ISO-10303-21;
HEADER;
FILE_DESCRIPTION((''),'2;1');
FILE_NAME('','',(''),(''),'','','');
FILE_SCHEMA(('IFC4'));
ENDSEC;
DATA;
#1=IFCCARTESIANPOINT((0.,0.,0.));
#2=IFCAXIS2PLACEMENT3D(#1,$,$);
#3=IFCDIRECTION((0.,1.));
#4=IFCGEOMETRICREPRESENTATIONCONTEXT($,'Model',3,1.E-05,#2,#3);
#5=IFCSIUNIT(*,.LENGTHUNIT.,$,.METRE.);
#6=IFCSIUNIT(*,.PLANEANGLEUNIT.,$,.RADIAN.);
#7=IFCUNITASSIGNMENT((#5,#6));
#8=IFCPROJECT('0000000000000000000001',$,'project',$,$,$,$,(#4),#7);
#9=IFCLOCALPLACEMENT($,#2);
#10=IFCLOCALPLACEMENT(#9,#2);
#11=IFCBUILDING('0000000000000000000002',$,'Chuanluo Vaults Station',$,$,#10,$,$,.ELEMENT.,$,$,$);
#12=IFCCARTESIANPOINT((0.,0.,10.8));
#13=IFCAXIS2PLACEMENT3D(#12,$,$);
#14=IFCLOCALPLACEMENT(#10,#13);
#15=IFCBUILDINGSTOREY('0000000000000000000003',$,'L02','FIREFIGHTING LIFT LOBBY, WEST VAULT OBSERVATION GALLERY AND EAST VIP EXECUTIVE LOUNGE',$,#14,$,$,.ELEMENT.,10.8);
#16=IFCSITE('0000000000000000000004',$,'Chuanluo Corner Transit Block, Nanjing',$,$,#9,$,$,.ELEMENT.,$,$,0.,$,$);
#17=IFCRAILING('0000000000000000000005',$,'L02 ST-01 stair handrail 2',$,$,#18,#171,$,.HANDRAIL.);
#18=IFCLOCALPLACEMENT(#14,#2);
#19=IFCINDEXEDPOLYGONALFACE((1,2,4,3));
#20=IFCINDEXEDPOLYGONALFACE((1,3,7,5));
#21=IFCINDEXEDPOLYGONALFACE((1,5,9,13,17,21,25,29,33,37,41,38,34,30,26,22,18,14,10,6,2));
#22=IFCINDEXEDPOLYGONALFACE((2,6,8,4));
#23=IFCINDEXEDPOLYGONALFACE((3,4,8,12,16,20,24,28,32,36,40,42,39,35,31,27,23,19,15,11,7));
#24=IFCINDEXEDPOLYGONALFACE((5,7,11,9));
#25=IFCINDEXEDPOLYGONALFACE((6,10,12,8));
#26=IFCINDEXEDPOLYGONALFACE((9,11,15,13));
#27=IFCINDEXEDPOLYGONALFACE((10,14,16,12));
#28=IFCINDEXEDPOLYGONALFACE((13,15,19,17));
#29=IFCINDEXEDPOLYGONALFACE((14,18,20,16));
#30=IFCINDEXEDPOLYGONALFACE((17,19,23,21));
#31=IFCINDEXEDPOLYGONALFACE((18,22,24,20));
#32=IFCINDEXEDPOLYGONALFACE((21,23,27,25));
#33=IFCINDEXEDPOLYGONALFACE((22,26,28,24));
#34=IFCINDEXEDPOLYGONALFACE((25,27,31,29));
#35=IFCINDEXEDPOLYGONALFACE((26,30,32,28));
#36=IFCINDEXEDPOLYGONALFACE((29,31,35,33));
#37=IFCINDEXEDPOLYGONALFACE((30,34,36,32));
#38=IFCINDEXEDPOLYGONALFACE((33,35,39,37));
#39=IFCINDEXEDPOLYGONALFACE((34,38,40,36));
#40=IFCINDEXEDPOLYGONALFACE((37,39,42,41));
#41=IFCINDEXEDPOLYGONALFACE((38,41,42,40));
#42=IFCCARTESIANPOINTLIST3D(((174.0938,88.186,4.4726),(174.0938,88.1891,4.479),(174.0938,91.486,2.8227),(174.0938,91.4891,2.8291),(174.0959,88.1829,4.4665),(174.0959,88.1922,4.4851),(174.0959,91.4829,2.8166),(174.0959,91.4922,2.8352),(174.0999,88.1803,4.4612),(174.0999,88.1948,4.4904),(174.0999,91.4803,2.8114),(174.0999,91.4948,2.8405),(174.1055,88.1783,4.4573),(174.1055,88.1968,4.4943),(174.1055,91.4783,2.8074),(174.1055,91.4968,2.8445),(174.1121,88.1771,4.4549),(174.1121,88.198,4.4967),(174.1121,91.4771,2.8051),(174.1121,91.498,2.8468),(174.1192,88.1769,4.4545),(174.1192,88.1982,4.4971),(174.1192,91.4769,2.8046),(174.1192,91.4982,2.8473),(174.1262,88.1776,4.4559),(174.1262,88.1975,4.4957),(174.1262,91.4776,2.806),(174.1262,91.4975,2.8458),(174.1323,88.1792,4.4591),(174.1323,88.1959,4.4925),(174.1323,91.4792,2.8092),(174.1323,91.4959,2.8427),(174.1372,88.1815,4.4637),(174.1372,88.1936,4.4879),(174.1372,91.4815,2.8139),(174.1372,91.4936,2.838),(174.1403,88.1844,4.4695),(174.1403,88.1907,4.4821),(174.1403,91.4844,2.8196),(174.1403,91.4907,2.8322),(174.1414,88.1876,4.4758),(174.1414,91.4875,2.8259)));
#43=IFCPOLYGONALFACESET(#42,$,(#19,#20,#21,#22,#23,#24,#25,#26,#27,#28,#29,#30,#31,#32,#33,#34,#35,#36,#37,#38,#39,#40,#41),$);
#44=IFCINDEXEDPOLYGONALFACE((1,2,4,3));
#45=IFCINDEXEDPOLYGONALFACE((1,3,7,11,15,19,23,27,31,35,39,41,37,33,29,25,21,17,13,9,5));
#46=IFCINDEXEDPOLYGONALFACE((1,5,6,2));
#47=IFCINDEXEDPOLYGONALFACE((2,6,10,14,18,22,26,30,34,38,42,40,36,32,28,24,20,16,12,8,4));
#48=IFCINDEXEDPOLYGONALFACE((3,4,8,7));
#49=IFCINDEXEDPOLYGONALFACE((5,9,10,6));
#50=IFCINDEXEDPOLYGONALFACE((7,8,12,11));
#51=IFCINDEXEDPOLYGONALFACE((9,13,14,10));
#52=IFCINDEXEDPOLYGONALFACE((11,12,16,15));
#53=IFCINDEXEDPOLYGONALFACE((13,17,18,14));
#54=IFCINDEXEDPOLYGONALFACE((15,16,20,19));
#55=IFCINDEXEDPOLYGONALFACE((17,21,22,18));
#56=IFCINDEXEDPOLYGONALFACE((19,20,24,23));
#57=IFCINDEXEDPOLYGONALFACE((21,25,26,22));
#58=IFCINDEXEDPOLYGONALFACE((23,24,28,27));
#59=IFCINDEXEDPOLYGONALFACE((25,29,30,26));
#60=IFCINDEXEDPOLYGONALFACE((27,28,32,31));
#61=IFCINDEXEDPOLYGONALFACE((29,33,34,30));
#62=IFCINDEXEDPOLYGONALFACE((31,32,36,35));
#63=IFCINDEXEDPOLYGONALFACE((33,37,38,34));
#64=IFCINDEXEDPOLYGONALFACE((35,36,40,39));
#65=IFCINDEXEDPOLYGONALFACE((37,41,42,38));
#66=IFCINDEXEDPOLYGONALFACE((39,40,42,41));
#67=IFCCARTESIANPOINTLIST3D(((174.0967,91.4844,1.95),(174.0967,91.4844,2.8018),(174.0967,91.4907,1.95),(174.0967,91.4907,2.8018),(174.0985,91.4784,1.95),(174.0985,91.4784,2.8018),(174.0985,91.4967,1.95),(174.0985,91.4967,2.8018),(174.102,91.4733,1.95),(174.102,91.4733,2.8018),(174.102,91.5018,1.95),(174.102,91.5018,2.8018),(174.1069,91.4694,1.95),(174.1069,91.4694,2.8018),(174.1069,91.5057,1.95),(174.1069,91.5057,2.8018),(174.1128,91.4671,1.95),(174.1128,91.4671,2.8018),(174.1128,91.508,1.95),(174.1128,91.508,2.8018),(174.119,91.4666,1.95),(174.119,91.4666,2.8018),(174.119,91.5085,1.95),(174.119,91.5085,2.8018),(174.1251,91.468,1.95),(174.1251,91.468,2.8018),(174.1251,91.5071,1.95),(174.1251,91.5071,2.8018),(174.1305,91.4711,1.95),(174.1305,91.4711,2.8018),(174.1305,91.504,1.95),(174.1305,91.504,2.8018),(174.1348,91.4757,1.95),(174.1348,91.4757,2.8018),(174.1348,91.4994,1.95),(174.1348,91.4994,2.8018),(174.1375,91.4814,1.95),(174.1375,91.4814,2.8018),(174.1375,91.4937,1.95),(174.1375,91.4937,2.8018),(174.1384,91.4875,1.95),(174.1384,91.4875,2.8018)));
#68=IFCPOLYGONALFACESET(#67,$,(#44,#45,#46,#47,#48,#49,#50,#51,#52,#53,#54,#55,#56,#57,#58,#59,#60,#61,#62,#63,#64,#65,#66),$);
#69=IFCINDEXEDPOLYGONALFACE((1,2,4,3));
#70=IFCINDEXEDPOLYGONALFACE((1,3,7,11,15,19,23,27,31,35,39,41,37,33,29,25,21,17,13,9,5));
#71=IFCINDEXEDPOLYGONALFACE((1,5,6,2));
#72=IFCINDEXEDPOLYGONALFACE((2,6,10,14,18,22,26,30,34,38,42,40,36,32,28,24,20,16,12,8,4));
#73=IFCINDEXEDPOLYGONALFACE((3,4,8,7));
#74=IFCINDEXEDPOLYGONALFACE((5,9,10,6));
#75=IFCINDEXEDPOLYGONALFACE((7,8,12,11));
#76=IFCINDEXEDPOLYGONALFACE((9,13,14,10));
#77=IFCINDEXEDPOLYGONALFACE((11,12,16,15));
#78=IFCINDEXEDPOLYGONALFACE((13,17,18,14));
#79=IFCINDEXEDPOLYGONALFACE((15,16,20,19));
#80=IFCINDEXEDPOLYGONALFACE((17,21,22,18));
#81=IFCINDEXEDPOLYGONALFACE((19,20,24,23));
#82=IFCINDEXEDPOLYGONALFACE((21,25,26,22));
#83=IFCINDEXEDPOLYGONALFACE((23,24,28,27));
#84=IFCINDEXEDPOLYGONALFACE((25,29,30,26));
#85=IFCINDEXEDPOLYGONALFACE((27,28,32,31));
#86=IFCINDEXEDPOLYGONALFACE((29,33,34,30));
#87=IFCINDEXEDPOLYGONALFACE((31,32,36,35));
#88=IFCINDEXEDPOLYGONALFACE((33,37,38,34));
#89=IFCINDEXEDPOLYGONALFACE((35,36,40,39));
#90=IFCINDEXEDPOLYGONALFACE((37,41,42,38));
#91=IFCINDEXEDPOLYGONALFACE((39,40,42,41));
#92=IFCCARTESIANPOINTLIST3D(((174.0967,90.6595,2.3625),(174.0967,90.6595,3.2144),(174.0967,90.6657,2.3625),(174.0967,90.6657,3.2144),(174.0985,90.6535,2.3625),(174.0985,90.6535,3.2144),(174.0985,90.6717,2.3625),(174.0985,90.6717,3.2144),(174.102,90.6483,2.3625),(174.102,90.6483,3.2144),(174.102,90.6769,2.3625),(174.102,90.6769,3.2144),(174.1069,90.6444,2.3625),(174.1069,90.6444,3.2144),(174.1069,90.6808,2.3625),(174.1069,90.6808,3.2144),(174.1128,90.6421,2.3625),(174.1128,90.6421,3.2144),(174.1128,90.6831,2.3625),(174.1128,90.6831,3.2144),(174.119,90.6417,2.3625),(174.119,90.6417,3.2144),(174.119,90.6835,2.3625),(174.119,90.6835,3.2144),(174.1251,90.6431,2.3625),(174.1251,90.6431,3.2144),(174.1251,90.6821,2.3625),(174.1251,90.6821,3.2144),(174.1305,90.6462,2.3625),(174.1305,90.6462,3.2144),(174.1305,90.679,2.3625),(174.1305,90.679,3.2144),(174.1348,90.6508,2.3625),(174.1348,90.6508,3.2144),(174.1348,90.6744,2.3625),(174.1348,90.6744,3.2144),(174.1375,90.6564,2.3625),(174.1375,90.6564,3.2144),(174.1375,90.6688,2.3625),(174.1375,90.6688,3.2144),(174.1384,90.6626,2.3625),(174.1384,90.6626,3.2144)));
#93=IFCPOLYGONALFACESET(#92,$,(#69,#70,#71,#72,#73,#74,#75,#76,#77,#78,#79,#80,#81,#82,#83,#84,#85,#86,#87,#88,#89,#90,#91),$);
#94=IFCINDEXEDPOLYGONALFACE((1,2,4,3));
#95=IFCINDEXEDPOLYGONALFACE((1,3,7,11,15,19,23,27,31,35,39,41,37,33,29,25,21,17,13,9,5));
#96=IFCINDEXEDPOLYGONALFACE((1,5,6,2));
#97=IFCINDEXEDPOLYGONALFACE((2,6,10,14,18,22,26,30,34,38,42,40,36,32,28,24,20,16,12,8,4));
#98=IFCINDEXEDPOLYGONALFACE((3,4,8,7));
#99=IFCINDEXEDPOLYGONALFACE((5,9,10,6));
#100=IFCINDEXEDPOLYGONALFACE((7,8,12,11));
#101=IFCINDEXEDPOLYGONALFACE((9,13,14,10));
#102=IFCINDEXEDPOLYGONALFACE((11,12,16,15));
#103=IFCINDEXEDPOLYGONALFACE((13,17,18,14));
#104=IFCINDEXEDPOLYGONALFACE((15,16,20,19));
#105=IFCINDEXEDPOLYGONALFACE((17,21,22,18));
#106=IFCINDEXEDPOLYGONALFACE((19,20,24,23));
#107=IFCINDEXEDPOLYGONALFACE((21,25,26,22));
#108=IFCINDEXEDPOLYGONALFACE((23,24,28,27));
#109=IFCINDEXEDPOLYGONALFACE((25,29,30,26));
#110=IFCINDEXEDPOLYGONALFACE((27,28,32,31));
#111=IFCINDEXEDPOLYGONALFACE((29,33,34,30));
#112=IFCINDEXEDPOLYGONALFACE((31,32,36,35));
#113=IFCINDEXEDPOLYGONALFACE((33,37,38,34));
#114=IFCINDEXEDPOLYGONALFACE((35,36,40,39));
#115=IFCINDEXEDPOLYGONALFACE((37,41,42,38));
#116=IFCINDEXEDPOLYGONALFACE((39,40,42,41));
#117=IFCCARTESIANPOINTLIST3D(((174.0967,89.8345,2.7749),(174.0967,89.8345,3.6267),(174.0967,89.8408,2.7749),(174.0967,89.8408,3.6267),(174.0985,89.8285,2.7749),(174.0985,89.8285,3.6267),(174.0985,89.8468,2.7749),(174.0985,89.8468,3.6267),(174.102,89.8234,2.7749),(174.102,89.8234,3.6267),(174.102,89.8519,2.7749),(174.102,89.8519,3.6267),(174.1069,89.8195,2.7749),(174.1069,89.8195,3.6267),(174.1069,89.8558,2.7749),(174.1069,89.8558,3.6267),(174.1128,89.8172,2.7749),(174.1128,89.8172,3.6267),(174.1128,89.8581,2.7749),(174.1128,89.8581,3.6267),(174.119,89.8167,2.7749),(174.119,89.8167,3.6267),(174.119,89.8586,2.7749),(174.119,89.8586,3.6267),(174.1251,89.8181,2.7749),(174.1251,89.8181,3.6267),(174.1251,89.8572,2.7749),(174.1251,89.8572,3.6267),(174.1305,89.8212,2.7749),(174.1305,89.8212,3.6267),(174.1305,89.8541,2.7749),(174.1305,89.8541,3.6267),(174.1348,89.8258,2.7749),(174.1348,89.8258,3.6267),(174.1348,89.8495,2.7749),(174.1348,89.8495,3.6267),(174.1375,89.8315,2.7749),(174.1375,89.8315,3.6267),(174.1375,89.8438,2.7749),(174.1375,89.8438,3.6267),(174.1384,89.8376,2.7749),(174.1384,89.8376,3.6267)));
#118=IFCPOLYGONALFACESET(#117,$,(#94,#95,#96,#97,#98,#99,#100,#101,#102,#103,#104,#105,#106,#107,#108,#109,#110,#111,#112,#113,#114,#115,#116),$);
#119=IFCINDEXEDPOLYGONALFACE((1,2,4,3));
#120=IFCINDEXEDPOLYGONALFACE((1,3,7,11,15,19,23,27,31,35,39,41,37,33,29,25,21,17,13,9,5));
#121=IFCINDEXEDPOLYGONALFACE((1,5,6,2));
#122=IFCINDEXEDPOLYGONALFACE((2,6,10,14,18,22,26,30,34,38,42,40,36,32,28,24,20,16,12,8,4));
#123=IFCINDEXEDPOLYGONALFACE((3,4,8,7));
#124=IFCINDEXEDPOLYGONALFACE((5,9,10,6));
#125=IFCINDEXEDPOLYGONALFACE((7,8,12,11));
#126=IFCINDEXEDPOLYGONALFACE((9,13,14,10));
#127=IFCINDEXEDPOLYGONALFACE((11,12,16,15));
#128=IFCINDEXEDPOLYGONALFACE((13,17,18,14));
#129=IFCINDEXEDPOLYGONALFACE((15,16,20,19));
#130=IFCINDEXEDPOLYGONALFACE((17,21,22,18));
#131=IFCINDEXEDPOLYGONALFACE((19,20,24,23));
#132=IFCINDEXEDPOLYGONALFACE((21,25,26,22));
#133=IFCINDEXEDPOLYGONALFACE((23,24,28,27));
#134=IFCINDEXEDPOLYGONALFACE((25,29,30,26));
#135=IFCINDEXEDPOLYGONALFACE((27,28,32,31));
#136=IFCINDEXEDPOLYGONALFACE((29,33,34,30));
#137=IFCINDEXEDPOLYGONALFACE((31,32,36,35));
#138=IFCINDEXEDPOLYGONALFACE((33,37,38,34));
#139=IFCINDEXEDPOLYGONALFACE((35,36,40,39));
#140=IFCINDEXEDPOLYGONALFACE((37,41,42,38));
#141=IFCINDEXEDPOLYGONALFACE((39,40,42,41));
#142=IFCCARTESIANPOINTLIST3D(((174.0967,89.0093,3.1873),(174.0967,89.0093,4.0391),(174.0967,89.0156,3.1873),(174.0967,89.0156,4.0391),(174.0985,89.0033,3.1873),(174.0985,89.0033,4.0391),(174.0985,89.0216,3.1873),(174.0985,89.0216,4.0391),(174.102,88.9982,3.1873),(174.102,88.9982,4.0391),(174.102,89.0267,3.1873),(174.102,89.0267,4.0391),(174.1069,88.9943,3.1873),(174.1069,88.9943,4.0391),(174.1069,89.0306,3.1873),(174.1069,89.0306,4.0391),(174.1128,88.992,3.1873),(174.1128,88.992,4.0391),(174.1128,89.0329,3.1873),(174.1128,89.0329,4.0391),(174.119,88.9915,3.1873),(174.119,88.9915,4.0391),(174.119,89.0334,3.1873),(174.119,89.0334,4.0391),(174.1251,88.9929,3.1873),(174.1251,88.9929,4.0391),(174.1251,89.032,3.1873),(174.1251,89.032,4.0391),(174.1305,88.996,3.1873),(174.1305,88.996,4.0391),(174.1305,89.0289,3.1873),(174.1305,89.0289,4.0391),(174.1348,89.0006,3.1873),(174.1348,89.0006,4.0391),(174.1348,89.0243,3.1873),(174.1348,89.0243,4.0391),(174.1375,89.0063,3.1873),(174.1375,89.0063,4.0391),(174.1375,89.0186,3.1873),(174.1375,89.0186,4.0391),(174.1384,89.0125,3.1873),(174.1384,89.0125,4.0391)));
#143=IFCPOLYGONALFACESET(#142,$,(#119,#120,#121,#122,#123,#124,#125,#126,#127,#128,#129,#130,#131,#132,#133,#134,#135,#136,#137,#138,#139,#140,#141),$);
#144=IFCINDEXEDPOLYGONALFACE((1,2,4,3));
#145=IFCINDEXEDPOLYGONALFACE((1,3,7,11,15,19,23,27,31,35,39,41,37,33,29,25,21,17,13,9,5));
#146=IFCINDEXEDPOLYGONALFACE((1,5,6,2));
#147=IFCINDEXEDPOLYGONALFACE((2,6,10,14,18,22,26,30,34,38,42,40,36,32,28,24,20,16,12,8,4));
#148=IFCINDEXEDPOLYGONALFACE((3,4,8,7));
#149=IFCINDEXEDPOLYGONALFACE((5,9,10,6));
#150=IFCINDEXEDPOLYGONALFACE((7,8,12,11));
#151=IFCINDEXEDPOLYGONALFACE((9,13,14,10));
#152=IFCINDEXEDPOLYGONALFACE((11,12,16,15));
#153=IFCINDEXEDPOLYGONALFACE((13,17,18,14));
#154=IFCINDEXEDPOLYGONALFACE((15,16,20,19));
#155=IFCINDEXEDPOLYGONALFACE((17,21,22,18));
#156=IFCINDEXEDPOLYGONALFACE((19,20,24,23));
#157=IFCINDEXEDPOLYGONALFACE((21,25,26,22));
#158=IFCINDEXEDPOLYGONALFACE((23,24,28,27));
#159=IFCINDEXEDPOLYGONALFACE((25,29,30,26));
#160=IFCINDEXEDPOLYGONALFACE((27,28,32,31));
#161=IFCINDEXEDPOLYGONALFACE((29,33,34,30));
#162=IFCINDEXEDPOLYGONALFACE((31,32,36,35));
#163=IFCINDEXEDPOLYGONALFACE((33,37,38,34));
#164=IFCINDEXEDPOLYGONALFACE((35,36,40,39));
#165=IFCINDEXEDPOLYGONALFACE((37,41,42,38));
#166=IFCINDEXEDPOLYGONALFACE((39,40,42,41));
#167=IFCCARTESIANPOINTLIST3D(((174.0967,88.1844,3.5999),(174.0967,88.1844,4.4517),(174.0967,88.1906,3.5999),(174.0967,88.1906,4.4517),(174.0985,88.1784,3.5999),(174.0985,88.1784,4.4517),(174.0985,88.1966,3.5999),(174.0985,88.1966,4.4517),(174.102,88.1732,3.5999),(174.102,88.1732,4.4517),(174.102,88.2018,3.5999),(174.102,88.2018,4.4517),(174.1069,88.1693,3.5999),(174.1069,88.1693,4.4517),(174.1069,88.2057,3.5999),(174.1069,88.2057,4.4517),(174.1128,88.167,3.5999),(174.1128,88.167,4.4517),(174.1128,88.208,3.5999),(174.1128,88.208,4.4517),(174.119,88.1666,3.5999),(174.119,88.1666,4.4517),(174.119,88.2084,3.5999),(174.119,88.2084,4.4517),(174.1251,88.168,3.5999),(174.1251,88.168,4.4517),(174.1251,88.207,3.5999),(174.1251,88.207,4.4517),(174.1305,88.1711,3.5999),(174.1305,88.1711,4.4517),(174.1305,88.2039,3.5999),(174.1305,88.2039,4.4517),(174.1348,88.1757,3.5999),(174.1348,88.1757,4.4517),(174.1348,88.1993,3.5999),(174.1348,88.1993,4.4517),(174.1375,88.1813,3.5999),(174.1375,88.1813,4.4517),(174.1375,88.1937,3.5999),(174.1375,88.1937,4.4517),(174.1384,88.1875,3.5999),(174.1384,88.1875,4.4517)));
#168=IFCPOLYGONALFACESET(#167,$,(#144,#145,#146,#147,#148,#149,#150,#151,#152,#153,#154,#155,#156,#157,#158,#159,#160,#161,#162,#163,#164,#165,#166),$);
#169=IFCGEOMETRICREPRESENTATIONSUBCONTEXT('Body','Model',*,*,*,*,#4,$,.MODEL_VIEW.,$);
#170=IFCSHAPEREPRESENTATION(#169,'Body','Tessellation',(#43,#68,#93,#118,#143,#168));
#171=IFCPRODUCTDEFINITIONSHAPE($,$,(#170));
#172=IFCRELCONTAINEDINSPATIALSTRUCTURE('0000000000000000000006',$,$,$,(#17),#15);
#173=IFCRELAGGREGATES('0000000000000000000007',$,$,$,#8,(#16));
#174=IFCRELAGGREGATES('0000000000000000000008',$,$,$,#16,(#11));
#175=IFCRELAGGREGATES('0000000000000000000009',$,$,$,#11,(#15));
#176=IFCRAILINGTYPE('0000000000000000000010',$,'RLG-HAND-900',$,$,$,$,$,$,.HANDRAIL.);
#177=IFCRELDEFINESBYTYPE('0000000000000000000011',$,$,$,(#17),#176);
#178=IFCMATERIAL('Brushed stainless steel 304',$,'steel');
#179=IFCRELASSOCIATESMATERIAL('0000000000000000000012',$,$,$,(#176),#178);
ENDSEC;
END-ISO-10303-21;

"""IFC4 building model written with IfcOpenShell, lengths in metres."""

from ifc_helpers import new_model, si_unit, direction, frame, origin, origin_2d, place, context, subcontext, project, spatial, circle, extrude, material, type_object, element, save


model = new_model("IFC4")

# Units and contexts
model_context = context("Model", 3, precision=1e-05, world=origin(), true_north=direction((0.0, 1.0)))
body_context = subcontext(model_context, "Body", "Model", "MODEL_VIEW")
ifc_project = project(units=[si_unit("LENGTHUNIT", "METRE"), si_unit("PLANEANGLEUNIT", "RADIAN")], contexts=[model_context])

# Site, building, storey
site_placement = place(None, origin())
site = spatial("IfcSite", under=ifc_project, at=site_placement, Name="Chuanluo Corner Transit Block, Nanjing", CompositionType="ELEMENT", RefElevation=0.0)
building_placement = place(site_placement, origin())
building = spatial("IfcBuilding", under=site, at=building_placement, Name="Chuanluo Vaults Station", CompositionType="ELEMENT")
storey_placement = place(building_placement, frame((0.0, 0.0, 10.8)))
storey = spatial("IfcBuildingStorey", under=building, at=storey_placement, Name="L02", Description="FIREFIGHTING LIFT LOBBY, WEST VAULT OBSERVATION GALLERY AND EAST VIP EXECUTIVE LOUNGE", CompositionType="ELEMENT", Elevation=10.8)

# Railing
ifc_material_1 = material(Name="Brushed stainless steel 304", Category="steel")
railing_type_1 = type_object("IfcRailingType", Name="RLG-HAND-900", PredefinedType="HANDRAIL", material=ifc_material_1)
railing_1_placement = place(storey_placement, frame((174.1174, 91.4875, 1.95)))
element("IfcRailing", 1, at=railing_1_placement, inside=storey, type_object=railing_type_1, Name="L02 ST-01 stair handrail 2", PredefinedType="HANDRAIL", context=body_context, shape_type="SweptSolid", body=[
    extrude(circle(Radius=0.0239, at=origin_2d()), frame((0.0, 0.0, 0.876), z_axis=(0.0, -0.89444, 0.447187), x_axis=(1.0, 0.0, 0.0)), (0.0, 0.0, 1.0), 3.6895),
    extrude(circle(Radius=0.021, at=origin_2d()), origin(), (0.0, 0.0, 1.0), 0.8518),
    extrude(circle(Radius=0.021, at=origin_2d()), frame((0.0, -0.825, 0.4126)), (0.0, 0.0, 1.0), 0.8518),
    extrude(circle(Radius=0.021, at=origin_2d()), frame((0.0, -1.6499, 0.825)), (0.0, 0.0, 1.0), 0.8518),
    extrude(circle(Radius=0.021, at=origin_2d()), frame((0.0, -2.4751, 1.2373)), (0.0, 0.0, 1.0), 0.8518),
    extrude(circle(Radius=0.021, at=origin_2d()), frame((0.0, -3.3, 1.6499)), (0.0, 0.0, 1.0), 0.8518),
])

save(model, "model.ifc")
